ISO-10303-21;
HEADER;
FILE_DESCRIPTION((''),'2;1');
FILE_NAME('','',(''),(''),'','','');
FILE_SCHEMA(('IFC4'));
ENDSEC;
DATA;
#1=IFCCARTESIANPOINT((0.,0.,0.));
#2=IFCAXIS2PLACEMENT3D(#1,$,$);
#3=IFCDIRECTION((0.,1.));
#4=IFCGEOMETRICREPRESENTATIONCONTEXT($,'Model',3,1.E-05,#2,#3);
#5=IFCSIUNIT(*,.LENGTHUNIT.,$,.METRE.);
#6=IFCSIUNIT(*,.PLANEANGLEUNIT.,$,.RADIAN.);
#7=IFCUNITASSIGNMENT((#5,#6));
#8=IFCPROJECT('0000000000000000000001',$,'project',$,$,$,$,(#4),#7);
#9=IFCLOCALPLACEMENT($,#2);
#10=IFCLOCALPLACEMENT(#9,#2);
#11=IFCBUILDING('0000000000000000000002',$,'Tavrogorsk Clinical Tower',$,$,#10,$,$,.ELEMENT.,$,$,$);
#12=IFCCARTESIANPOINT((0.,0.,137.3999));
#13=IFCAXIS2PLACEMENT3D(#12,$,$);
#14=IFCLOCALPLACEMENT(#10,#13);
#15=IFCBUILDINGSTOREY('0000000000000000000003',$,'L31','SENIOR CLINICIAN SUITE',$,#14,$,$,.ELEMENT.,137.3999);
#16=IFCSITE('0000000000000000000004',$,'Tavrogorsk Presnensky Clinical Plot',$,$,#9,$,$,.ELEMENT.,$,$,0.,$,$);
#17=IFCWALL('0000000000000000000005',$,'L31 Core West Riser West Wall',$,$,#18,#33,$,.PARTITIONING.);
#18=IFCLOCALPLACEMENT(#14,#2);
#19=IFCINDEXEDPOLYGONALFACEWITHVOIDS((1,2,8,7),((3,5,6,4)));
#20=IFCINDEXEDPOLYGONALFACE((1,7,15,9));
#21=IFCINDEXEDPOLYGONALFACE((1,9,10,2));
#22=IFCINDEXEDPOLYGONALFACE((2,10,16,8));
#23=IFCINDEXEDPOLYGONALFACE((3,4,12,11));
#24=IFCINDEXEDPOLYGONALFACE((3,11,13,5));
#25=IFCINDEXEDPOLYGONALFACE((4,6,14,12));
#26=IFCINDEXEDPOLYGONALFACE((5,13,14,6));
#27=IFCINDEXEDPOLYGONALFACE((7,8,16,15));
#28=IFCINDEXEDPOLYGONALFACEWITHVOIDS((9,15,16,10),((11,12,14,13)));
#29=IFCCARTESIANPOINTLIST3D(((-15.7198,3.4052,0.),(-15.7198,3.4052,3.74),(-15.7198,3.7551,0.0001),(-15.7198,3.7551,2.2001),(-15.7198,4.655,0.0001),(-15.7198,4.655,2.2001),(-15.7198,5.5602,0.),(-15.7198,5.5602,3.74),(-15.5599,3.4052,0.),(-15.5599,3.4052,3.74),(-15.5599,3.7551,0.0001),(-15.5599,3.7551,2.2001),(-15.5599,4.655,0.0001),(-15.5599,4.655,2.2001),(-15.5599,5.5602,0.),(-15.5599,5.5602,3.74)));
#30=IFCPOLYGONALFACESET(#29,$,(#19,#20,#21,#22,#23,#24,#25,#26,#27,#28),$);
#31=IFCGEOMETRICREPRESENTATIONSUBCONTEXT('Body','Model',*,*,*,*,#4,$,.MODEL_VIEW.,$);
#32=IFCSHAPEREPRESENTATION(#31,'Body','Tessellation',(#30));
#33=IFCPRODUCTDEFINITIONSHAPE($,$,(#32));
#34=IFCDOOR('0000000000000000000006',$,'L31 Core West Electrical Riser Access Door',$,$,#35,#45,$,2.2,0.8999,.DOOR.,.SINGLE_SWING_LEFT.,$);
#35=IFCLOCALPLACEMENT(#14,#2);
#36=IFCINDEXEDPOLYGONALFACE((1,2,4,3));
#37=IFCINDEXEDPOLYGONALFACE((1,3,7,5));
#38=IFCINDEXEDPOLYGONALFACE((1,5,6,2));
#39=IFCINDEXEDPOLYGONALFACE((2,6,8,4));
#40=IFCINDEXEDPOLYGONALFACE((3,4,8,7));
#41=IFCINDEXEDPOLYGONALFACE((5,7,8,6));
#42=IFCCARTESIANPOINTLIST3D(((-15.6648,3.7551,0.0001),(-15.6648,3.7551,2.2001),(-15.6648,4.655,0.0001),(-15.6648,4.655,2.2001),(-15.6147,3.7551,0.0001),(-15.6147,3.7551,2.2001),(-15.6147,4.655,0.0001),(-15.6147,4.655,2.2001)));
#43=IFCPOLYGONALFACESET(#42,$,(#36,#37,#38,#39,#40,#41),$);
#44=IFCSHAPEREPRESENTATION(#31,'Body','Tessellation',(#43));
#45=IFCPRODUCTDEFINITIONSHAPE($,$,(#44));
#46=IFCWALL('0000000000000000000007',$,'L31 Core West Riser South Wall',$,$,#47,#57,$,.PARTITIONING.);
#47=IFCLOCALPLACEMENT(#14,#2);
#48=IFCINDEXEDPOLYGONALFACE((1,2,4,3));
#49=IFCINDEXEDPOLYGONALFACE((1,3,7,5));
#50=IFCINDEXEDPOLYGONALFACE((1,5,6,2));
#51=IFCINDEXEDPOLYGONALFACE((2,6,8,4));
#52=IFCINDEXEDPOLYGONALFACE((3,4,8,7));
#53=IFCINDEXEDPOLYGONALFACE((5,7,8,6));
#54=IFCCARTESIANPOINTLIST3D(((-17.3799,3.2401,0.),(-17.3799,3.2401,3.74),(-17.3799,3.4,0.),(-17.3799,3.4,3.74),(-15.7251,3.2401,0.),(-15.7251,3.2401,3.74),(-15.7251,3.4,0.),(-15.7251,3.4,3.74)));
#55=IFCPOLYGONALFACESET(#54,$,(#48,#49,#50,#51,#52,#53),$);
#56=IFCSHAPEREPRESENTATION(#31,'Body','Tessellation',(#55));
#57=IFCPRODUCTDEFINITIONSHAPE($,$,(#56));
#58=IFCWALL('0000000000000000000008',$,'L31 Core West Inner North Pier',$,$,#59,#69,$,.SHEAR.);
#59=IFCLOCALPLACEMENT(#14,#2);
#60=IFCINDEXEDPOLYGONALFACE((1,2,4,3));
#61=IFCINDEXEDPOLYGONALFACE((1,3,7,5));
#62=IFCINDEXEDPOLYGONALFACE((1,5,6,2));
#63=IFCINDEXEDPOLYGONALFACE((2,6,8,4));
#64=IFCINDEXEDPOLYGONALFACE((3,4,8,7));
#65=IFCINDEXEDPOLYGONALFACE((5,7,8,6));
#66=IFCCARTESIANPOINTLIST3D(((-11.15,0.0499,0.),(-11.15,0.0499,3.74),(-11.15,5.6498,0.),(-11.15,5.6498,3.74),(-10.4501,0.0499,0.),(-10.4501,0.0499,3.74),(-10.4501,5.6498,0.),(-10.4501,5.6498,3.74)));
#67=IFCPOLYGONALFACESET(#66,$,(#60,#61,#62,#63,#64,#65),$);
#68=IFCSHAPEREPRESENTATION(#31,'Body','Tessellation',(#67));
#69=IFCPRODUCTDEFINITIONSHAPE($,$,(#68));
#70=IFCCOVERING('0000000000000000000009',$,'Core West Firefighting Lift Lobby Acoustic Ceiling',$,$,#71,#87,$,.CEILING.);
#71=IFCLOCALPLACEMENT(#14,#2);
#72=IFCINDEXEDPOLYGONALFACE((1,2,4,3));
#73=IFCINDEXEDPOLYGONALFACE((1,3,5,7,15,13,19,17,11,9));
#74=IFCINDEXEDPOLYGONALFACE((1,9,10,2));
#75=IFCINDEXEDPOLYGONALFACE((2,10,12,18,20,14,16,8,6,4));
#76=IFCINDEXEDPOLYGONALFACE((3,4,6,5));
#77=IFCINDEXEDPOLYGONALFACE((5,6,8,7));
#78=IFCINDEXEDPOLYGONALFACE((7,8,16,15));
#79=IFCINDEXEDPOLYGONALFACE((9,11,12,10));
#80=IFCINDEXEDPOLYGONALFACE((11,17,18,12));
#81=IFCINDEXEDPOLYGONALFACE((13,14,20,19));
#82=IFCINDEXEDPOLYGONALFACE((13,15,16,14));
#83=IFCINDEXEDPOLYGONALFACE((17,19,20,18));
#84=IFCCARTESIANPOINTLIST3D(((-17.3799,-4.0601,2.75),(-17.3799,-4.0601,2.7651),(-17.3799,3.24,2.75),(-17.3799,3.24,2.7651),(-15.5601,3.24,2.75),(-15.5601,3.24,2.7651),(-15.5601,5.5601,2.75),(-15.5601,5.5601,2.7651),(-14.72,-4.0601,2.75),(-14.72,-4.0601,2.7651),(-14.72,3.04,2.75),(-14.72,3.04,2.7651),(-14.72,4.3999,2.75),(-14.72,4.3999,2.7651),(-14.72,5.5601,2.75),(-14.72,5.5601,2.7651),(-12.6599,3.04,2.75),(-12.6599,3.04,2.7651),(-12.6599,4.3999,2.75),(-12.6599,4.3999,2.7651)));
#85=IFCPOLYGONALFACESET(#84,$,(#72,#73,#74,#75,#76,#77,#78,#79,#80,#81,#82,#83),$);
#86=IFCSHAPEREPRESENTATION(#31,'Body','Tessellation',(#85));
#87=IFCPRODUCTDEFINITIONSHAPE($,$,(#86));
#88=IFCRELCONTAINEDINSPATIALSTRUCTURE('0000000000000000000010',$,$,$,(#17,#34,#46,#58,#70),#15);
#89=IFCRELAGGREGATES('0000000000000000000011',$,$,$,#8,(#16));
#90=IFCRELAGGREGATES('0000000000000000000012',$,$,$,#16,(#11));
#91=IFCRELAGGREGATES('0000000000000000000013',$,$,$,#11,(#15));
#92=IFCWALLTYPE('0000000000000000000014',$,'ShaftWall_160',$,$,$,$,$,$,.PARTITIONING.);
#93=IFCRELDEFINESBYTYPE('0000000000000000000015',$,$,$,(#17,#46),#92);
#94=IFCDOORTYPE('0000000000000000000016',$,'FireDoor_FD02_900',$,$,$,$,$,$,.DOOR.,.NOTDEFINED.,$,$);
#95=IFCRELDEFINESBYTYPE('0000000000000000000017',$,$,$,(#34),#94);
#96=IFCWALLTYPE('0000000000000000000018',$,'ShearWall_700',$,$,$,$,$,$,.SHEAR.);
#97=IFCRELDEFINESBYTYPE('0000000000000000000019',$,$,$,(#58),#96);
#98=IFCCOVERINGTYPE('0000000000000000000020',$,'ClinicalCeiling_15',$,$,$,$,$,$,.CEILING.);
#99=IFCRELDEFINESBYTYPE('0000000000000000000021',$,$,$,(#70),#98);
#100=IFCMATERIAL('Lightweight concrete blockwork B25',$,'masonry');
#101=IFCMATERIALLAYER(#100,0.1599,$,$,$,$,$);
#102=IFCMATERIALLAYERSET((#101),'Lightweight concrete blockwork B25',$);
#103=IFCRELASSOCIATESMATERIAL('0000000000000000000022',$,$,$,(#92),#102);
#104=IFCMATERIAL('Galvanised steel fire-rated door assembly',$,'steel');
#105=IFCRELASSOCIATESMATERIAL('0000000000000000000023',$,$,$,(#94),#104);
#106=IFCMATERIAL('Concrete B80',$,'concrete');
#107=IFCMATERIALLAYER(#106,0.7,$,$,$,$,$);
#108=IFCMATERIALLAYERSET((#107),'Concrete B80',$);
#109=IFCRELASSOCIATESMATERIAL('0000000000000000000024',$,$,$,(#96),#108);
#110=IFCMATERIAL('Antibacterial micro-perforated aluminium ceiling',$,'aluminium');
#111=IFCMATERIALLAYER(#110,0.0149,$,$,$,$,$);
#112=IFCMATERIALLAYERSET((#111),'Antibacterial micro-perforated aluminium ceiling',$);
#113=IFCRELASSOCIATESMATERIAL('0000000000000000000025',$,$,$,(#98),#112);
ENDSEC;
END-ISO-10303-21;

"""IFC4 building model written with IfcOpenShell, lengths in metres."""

from ifc_helpers import new_model, si_unit, direction, frame, frame_2d, origin, place, context, subcontext, project, spatial, polyline, rectangle, outline, extrude, material, layer, layer_set, type_object, element, fill, save


model = new_model("IFC4")

# Units and contexts
model_context = context("Model", 3, precision=1e-05, world=origin(), true_north=direction((0.0, 1.0)))
body_context = subcontext(model_context, "Body", "Model", "MODEL_VIEW")
ifc_project = project(units=[si_unit("LENGTHUNIT", "METRE"), si_unit("PLANEANGLEUNIT", "RADIAN")], contexts=[model_context])

# Site, building, storey
site_placement = place(None, origin())
site = spatial("IfcSite", under=ifc_project, at=site_placement, Name="Tavrogorsk Presnensky Clinical Plot", CompositionType="ELEMENT", RefElevation=0.0)
building_placement = place(site_placement, origin())
building = spatial("IfcBuilding", under=site, at=building_placement, Name="Tavrogorsk Clinical Tower", CompositionType="ELEMENT")
storey_placement = place(building_placement, frame((0.0, 0.0, 137.3999)))
storey = spatial("IfcBuildingStorey", under=building, at=storey_placement, Name="L31", Description="SENIOR CLINICIAN SUITE", CompositionType="ELEMENT", Elevation=137.3999)

# Shared definitions
ifc_material_1 = material(Name="Lightweight concrete blockwork B25", Category="masonry")
ifc_layer_1 = layer(ifc_material_1, 0.1599)
ifc_layer_set_1 = layer_set([ifc_layer_1], Name="Lightweight concrete blockwork B25")
wall_type_1 = type_object("IfcWallType", Name="ShaftWall_160", PredefinedType="PARTITIONING", material=ifc_layer_set_1)

# Wall, opening, door
wall_1_placement = place(storey_placement, frame((-15.6399, 3.405, 0.0), z_axis=(0.0, 0.0, 1.0), x_axis=(0.0, 1.0, 0.0)))
wall_1 = element("IfcWall", 1, at=wall_1_placement, inside=storey, type_object=wall_type_1, Name="L31 Core West Riser West Wall", PredefinedType="PARTITIONING", context=body_context, shape_type="SweptSolid", body=[
    extrude(rectangle(XDim=2.155, YDim=0.1599, at=frame_2d((1.0776, 0.0))), origin(), (0.0, 0.0, 1.0), 3.74),
])
opening_1_placement = place(wall_1_placement, frame((0.3501, 0.0, 0.0)))
opening_1 = element("IfcOpeningElement", 2, at=opening_1_placement, cuts=wall_1, PredefinedType="OPENING", context=body_context, shape_type="SweptSolid", body=[
    extrude(rectangle(XDim=0.8999, YDim=2.2, at=frame_2d((0.45, 1.1001))), frame((0.0, 0.0898, 0.0), z_axis=(0.0, -1.0, 0.0), x_axis=(1.0, 0.0, 0.0)), (0.0, 0.0, 1.0), 0.1799),
])
ifc_material_2 = material(Name="Galvanised steel fire-rated door assembly", Category="steel")
door_type_1 = type_object("IfcDoorType", Name="FireDoor_FD02_900", OperationType="NOTDEFINED", PredefinedType="DOOR", material=ifc_material_2)
door_1_placement = place(opening_1_placement, origin())
door_1 = element("IfcDoor", 3, at=door_1_placement, inside=storey, type_object=door_type_1, Name="L31 Core West Electrical Riser Access Door", OperationType="SINGLE_SWING_LEFT", OverallHeight=2.2, OverallWidth=0.8999, PredefinedType="DOOR", context=body_context, shape_type="SweptSolid", body=[
    extrude(rectangle(XDim=0.8999, YDim=2.2, at=frame_2d((0.45, 1.1001))), frame((0.0, 0.0249, 0.0), z_axis=(0.0, -1.0, 0.0), x_axis=(1.0, 0.0, 0.0)), (0.0, 0.0, 1.0), 0.05),
])
fill(opening_1, door_1)

# Walls
wall_2_placement = place(storey_placement, frame((-17.3799, 3.3201, 0.0), z_axis=(0.0, 0.0, 1.0), x_axis=(1.0, 0.0, 0.0)))
element("IfcWall", 4, at=wall_2_placement, inside=storey, type_object=wall_type_1, Name="L31 Core West Riser South Wall", PredefinedType="PARTITIONING", context=body_context, shape_type="SweptSolid", body=[
    extrude(rectangle(XDim=1.6548, YDim=0.1599, at=frame_2d((0.8274, 0.0))), origin(), (0.0, 0.0, 1.0), 3.74),
])
ifc_material_3 = material(Name="Concrete B80", Category="concrete")
ifc_layer_2 = layer(ifc_material_3, 0.7)
ifc_layer_set_2 = layer_set([ifc_layer_2], Name="Concrete B80")
wall_type_2 = type_object("IfcWallType", Name="ShearWall_700", PredefinedType="SHEAR", material=ifc_layer_set_2)
wall_3_placement = place(storey_placement, frame((-10.8, 0.05, 0.0), z_axis=(0.0, 0.0, 1.0), x_axis=(0.0, 1.0, 0.0)))
element("IfcWall", 5, at=wall_3_placement, inside=storey, type_object=wall_type_2, Name="L31 Core West Inner North Pier", PredefinedType="SHEAR", context=body_context, shape_type="SweptSolid", body=[
    extrude(rectangle(XDim=5.5999, YDim=0.7, at=frame_2d((2.7998, 0.0))), origin(), (0.0, 0.0, 1.0), 3.74),
])

# Covering
ifc_material_4 = material(Name="Antibacterial micro-perforated aluminium ceiling", Category="aluminium")
ifc_layer_3 = layer(ifc_material_4, 0.0149)
ifc_layer_set_3 = layer_set([ifc_layer_3], Name="Antibacterial micro-perforated aluminium ceiling")
covering_type = type_object("IfcCoveringType", Name="ClinicalCeiling_15", PredefinedType="CEILING", material=ifc_layer_set_3)
covering_placement = place(storey_placement, frame((0.0, 0.0, 2.75)))
element("IfcCovering", 6, at=covering_placement, inside=storey, type_object=covering_type, Name="Core West Firefighting Lift Lobby Acoustic Ceiling", PredefinedType="CEILING", context=body_context, shape_type="SweptSolid", body=[
    extrude(outline(polyline([(-17.3799, -4.0601), (-17.3799, 3.24), (-15.5601, 3.24), (-15.5601, 5.5601), (-14.72, 5.5601), (-14.72, 4.3999), (-12.6599, 4.3999), (-12.6599, 3.04), (-14.72, 3.04), (-14.72, -4.0601), (-17.3799, -4.0601)])), origin(), (0.0, 0.0, 1.0), 0.0151),
])

save(model, "model.ifc")
